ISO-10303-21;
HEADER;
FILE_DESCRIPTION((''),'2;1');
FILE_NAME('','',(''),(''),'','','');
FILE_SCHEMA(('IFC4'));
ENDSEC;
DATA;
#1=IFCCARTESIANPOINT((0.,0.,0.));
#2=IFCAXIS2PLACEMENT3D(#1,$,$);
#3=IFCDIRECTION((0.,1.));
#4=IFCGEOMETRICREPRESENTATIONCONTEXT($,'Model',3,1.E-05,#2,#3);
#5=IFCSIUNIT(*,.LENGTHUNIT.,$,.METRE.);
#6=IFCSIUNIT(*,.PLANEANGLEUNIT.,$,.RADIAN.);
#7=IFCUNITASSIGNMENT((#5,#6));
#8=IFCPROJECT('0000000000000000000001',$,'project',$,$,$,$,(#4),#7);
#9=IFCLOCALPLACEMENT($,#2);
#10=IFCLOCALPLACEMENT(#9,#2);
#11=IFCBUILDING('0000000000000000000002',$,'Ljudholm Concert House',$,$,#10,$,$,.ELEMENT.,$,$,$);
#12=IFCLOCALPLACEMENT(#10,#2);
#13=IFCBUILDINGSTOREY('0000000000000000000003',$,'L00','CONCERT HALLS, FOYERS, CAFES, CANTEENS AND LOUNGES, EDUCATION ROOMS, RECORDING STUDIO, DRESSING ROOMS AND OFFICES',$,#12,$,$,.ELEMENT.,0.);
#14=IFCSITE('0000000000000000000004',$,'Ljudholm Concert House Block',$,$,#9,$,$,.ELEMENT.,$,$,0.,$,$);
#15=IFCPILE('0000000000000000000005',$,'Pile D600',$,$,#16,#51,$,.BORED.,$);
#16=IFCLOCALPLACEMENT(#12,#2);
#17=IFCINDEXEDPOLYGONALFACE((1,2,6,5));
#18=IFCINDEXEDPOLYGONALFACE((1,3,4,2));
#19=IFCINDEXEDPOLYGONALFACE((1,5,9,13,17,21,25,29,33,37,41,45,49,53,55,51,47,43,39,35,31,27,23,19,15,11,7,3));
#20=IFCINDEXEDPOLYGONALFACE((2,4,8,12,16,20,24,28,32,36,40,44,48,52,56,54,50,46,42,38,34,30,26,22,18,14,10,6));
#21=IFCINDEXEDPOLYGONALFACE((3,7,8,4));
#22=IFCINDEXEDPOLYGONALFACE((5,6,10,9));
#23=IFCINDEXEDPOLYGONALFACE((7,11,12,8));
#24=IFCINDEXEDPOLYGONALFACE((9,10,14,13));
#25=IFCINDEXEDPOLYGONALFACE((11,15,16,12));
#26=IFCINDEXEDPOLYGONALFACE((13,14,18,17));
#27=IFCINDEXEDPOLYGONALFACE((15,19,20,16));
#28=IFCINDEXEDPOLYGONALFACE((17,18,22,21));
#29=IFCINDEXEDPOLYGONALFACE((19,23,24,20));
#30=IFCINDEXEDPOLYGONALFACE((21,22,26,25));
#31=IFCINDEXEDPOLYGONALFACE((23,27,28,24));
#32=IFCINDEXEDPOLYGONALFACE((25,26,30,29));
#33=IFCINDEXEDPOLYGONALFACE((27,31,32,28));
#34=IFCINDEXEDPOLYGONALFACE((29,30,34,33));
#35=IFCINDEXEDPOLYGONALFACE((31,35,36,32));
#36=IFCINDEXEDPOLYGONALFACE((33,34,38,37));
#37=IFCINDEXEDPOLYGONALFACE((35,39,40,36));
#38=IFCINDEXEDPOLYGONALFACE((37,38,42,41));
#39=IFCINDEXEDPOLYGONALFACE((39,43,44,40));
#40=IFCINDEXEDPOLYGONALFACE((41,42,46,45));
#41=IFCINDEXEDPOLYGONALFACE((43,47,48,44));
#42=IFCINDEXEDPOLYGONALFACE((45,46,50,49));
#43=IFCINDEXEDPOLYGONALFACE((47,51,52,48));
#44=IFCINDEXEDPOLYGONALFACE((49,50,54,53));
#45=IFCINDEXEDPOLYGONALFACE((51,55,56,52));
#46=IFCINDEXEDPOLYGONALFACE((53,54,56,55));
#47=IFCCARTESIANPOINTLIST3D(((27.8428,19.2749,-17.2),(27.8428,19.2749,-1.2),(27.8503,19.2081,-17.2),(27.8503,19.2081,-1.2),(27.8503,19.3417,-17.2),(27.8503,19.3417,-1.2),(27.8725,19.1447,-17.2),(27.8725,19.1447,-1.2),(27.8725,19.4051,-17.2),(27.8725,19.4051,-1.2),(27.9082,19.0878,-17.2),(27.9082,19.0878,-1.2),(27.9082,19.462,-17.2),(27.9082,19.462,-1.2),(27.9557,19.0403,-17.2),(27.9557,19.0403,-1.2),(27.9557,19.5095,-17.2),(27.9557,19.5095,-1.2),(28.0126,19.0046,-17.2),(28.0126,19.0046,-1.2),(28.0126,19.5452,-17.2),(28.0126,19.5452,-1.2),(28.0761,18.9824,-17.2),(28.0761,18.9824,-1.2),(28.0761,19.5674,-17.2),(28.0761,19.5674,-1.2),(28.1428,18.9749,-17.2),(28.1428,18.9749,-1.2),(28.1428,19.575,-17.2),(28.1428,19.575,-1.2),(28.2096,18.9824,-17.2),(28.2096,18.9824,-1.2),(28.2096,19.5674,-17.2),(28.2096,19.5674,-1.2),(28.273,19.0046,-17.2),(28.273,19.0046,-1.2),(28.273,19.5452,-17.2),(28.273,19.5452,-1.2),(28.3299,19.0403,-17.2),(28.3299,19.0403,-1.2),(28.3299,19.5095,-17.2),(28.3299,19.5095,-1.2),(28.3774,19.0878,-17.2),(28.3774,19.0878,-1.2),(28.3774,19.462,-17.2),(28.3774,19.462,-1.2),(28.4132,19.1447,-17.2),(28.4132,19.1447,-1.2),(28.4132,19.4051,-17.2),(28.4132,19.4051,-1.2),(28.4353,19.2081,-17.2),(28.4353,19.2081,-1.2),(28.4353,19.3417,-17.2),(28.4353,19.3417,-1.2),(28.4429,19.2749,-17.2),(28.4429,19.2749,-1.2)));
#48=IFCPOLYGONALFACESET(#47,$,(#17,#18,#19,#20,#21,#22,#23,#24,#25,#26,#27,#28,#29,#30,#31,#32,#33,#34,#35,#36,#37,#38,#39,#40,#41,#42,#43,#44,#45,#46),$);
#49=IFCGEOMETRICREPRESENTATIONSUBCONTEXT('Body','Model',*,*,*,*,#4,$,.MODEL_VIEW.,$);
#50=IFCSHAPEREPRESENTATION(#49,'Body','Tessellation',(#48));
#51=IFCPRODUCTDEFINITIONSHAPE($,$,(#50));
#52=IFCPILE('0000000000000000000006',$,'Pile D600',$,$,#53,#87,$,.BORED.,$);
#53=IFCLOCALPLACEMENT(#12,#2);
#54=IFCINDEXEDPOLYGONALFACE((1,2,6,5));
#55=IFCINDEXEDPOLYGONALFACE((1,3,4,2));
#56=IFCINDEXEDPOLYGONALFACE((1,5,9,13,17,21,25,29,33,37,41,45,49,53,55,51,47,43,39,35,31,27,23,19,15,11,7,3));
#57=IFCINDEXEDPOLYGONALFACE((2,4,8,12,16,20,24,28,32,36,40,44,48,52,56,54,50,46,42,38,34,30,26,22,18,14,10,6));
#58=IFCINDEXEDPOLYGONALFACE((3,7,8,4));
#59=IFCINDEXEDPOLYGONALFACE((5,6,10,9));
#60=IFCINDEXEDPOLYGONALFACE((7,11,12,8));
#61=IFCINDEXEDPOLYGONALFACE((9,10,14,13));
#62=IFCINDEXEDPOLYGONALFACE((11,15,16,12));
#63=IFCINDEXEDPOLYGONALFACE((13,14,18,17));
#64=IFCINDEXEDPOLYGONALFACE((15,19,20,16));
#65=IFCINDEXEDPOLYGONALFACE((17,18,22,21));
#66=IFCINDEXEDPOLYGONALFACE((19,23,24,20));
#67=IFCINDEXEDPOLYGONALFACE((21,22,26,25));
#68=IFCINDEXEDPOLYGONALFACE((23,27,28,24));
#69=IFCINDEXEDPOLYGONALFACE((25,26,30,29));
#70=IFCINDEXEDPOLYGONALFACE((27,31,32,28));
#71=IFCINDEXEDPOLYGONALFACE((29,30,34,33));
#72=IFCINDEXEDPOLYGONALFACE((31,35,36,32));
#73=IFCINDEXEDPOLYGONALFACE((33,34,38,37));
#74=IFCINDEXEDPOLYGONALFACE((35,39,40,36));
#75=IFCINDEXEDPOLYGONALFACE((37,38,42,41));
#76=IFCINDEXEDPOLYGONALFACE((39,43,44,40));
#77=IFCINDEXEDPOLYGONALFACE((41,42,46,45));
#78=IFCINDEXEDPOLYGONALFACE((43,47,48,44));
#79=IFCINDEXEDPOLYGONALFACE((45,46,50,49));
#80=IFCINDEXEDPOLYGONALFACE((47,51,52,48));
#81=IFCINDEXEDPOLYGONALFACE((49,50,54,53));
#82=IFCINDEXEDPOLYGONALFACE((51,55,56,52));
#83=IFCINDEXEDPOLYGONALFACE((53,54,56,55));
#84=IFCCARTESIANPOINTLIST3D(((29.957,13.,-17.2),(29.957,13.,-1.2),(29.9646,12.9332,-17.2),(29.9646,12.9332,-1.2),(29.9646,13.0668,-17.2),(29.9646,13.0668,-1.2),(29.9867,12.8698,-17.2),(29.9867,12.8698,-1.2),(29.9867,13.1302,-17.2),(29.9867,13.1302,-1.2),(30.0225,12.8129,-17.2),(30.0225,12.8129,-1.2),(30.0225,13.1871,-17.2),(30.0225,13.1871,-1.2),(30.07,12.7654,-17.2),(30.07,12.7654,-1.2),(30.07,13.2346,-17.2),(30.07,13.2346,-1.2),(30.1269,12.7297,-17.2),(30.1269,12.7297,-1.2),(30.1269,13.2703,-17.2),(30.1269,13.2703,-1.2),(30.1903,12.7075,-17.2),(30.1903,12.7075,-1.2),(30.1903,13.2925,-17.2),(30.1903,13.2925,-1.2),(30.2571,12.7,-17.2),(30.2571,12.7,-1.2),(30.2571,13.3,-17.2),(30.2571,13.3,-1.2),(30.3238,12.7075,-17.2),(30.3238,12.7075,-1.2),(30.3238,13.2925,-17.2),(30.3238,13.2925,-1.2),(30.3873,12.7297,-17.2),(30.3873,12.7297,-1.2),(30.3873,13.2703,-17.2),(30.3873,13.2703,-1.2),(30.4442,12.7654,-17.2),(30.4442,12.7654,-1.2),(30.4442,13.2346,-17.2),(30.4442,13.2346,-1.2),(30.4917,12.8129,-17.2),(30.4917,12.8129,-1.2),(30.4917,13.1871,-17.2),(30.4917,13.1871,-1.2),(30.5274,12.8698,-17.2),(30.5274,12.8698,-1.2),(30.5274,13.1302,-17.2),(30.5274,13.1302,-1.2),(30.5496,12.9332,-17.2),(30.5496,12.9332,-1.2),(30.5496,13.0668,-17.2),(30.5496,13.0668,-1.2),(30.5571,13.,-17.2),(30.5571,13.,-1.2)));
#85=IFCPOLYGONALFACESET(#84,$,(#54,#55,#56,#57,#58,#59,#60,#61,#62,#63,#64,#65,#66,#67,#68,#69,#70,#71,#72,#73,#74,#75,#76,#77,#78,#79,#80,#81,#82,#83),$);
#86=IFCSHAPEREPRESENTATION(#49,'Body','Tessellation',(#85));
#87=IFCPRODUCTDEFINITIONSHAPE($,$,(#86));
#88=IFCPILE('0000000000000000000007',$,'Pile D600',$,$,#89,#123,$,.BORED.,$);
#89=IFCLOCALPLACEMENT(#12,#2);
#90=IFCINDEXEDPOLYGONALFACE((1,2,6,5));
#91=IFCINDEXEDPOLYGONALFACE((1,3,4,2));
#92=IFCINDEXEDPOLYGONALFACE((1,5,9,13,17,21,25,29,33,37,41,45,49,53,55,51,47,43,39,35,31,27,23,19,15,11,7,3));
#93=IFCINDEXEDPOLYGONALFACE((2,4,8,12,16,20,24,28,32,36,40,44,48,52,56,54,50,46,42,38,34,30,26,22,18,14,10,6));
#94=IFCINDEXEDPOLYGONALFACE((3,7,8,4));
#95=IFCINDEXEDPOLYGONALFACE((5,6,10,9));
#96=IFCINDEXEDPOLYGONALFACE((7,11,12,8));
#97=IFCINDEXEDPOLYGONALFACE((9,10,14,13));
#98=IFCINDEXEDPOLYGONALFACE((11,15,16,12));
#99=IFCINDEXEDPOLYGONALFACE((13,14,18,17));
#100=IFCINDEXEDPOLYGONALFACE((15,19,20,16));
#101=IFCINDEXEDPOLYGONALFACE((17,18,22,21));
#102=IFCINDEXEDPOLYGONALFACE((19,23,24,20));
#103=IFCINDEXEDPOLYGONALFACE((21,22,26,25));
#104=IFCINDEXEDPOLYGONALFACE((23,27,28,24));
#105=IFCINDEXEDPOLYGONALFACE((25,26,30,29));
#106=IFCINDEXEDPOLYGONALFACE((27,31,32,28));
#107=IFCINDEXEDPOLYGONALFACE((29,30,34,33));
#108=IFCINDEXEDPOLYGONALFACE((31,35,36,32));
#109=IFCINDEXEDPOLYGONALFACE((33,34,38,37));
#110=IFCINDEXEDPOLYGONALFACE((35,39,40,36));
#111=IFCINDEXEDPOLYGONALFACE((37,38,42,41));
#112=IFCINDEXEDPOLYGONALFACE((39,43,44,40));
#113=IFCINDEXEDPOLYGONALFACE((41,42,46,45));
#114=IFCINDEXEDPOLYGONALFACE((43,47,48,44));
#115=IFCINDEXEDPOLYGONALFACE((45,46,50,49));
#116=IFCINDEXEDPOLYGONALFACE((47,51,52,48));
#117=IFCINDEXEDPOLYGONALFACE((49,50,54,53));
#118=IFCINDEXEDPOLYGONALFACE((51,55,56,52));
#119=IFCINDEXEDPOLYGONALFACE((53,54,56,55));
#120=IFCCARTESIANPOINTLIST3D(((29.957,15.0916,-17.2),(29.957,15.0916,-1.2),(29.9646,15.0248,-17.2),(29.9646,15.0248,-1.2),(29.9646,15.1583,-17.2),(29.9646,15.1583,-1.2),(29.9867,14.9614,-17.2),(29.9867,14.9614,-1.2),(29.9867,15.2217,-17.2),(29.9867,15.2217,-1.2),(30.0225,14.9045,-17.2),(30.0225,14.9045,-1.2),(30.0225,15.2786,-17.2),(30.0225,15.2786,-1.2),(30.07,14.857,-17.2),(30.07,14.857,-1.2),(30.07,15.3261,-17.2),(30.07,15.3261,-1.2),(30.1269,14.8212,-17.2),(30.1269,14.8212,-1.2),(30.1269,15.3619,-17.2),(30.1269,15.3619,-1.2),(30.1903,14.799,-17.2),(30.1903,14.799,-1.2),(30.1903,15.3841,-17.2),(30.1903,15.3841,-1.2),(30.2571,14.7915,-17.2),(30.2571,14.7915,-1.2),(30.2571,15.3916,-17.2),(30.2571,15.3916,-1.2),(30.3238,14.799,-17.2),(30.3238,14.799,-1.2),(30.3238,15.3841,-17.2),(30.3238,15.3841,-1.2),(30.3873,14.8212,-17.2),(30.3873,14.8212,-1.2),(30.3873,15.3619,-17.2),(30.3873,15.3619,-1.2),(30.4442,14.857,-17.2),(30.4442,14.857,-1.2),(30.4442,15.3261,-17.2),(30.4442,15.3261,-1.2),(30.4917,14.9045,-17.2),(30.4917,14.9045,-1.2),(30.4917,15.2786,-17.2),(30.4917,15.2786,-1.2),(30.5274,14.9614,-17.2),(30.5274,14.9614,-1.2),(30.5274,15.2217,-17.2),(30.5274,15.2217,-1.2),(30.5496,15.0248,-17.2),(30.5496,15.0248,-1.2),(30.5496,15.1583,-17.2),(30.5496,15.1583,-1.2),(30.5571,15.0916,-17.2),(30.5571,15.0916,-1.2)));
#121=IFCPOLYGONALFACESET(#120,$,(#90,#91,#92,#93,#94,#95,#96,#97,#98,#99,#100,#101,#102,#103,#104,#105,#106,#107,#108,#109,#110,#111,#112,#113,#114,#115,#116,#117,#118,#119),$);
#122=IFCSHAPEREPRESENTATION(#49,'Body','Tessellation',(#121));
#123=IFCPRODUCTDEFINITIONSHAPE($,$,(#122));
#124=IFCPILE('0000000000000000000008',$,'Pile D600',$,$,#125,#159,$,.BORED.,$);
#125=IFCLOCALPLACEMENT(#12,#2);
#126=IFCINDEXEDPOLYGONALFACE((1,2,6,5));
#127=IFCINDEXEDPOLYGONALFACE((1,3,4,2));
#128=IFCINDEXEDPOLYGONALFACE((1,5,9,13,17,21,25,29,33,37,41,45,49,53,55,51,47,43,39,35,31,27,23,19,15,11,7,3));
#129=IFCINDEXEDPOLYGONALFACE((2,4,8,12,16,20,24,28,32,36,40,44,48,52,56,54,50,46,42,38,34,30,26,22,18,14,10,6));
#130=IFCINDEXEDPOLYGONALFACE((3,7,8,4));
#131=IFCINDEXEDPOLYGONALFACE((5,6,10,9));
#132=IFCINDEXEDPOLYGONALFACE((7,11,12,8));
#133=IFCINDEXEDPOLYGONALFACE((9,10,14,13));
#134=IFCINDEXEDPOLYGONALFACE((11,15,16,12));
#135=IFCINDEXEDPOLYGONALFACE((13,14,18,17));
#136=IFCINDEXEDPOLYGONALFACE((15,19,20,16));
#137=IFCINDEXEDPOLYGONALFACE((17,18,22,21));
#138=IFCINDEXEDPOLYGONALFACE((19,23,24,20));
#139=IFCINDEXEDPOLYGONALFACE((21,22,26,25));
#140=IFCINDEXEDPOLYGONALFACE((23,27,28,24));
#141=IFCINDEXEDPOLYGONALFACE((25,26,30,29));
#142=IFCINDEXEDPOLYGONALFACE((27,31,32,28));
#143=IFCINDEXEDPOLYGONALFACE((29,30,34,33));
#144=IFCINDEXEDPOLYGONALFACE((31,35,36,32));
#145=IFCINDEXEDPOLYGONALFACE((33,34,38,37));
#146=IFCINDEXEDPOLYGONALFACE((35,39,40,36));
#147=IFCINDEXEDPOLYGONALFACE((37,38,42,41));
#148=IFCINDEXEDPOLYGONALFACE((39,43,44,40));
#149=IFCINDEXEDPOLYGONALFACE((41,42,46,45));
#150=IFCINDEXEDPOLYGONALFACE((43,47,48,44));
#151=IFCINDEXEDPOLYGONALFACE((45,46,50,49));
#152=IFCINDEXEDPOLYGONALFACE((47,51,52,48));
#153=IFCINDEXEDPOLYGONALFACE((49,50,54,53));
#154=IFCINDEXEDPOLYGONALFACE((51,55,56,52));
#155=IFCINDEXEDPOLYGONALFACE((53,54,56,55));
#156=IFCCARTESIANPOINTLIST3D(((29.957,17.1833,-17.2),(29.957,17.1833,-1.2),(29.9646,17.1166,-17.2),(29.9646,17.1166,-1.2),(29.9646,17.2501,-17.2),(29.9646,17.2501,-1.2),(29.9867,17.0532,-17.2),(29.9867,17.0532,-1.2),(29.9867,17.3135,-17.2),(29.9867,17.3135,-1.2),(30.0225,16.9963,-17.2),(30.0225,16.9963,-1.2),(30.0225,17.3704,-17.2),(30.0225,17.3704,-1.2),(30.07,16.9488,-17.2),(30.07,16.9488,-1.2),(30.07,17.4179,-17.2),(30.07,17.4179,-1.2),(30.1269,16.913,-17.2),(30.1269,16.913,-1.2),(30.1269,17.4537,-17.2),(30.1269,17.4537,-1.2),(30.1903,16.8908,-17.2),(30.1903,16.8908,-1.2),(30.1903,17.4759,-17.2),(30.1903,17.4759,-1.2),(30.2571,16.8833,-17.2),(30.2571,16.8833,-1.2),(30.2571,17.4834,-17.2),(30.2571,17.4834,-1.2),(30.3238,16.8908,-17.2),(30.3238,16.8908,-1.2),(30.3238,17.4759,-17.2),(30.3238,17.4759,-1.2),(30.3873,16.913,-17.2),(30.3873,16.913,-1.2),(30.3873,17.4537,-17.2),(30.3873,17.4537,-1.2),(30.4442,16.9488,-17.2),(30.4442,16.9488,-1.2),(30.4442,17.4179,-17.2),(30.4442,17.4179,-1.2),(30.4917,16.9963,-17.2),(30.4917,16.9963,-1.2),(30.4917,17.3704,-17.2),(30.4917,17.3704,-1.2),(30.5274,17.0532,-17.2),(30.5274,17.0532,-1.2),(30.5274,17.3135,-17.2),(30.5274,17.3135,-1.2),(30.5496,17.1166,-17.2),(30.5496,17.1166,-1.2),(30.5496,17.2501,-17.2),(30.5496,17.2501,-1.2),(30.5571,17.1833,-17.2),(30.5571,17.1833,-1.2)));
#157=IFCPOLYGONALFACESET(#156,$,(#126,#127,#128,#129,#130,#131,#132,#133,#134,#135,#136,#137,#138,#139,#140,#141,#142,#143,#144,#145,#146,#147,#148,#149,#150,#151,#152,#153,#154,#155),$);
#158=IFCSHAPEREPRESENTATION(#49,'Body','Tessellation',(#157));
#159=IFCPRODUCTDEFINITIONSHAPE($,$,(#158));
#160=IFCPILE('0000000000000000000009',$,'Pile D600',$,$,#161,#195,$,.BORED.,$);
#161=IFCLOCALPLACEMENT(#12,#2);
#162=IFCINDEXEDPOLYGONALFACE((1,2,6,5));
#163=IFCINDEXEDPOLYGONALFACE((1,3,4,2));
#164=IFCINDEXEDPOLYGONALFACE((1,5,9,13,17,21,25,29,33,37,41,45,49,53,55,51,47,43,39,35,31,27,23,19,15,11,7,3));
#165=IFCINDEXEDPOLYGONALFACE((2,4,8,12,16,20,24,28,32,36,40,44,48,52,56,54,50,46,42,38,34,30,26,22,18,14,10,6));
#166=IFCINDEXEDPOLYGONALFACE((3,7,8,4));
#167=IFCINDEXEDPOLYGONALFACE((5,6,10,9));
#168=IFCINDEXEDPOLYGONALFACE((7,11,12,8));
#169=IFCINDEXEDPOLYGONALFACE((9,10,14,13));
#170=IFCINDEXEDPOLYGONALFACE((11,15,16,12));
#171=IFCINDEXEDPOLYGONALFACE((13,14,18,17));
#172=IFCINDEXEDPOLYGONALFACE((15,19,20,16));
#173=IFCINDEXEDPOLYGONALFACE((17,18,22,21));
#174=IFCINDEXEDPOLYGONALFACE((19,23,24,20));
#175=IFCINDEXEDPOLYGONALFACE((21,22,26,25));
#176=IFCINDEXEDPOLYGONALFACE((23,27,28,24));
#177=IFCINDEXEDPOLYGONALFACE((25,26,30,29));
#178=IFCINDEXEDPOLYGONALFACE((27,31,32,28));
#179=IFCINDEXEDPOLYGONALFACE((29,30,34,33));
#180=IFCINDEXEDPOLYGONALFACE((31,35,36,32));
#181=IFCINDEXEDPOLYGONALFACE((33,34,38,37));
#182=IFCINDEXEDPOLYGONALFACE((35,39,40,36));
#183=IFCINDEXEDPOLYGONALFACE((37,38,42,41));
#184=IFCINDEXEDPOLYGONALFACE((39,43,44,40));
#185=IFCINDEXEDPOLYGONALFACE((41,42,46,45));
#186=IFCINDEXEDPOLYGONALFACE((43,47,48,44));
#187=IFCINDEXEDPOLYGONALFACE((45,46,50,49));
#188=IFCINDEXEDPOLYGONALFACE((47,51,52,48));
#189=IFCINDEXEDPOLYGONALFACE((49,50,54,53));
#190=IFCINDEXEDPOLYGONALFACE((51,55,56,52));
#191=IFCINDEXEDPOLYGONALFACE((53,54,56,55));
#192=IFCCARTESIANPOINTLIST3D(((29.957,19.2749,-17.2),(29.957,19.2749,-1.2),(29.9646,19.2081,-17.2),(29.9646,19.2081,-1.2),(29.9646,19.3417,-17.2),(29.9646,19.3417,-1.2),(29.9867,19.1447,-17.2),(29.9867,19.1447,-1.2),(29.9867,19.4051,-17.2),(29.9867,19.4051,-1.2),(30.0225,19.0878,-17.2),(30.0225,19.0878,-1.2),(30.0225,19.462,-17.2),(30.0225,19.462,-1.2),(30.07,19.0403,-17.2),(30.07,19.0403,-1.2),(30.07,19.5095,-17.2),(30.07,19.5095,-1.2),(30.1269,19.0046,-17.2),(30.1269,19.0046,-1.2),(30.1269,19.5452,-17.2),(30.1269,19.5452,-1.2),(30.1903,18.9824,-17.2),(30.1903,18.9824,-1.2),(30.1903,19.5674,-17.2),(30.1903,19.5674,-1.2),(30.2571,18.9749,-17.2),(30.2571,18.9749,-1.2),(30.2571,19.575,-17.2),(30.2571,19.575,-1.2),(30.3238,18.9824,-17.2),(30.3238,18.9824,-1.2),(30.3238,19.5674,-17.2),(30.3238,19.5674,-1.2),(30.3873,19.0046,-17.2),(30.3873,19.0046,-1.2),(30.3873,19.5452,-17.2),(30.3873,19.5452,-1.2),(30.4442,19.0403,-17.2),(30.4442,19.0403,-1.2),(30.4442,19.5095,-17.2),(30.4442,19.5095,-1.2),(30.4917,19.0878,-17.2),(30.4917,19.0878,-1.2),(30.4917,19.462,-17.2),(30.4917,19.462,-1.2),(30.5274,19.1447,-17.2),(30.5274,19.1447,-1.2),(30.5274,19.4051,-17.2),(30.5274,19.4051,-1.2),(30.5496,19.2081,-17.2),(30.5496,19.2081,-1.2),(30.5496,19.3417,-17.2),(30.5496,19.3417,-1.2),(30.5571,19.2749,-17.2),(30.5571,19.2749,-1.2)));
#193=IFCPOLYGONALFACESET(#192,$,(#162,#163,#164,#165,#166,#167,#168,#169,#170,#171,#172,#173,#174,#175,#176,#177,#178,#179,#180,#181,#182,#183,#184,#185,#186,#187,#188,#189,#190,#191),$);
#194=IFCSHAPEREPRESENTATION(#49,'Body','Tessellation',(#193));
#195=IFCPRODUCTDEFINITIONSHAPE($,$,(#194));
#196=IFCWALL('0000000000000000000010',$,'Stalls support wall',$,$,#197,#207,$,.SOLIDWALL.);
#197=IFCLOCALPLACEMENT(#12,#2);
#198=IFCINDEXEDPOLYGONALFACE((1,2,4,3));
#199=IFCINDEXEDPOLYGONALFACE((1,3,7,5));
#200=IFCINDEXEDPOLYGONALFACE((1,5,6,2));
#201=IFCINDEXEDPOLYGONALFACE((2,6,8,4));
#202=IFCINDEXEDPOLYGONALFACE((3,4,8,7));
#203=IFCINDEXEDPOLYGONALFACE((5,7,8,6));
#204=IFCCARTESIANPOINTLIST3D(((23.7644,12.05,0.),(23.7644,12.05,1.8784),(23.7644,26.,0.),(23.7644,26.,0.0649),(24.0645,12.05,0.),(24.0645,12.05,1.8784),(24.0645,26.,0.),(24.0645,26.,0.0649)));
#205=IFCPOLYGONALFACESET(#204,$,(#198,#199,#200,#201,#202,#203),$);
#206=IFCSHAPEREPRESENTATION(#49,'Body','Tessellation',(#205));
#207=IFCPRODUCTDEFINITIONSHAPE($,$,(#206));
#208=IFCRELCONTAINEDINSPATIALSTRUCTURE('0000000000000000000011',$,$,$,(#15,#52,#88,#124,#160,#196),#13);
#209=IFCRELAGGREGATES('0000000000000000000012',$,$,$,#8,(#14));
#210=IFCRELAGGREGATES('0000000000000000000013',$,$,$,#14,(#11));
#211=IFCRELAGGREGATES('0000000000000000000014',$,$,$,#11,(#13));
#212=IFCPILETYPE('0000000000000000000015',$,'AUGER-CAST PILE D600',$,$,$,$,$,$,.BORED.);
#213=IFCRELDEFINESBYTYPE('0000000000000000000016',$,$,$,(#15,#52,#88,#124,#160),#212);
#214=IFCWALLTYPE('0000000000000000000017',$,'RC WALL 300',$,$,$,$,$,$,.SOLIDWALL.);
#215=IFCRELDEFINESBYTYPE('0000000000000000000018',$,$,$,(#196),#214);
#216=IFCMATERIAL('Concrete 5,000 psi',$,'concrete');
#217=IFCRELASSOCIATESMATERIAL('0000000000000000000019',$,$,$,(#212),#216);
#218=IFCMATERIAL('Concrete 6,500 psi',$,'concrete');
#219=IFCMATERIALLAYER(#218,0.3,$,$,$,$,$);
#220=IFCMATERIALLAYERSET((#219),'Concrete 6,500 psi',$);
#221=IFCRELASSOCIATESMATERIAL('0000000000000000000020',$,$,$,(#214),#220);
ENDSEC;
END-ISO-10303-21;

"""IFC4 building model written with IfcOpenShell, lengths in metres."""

from ifc_helpers import new_model, si_unit, direction, frame, origin, origin_2d, place, context, subcontext, project, spatial, polyline, circle, outline, extrude, material, layer, layer_set, material_profile, profile_set, type_object, element, save


model = new_model("IFC4")

# Units and contexts
model_context = context("Model", 3, precision=1e-05, world=origin(), true_north=direction((0.0, 1.0)))
body_context = subcontext(model_context, "Body", "Model", "MODEL_VIEW")
ifc_project = project(units=[si_unit("LENGTHUNIT", "METRE"), si_unit("PLANEANGLEUNIT", "RADIAN")], contexts=[model_context])

# Site, building, storey
site_placement = place(None, origin())
site = spatial("IfcSite", under=ifc_project, at=site_placement, Name="Ljudholm Concert House Block", CompositionType="ELEMENT", RefElevation=0.0)
building_placement = place(site_placement, origin())
building = spatial("IfcBuilding", under=site, at=building_placement, Name="Ljudholm Concert House", CompositionType="ELEMENT")
storey_placement = place(building_placement, origin())
storey = spatial("IfcBuildingStorey", under=building, at=storey_placement, Name="L00", Description="CONCERT HALLS, FOYERS, CAFES, CANTEENS AND LOUNGES, EDUCATION ROOMS, RECORDING STUDIO, DRESSING ROOMS AND OFFICES", CompositionType="ELEMENT", Elevation=0.0)

# Piles
ifc_material_1 = material(Name="Concrete 5,000 psi", Category="concrete")
ifc_material_profile = material_profile(ifc_material_1, circle(Radius=0.3, at=origin_2d()), Name="AUGER-CAST PILE D600")
ifc_profile_set = profile_set([ifc_material_profile], Name="Concrete 5,000 psi")
pile_type = type_object("IfcPileType", Name="AUGER-CAST PILE D600", PredefinedType="BORED", material=ifc_profile_set)
for number, where, z_axis, x_axis, name in (
    (1, (28.1428, 19.2749, -1.2), (0.0, 0.0, -1.0), (1.0, 0.0, 0.0), "Pile D600"),
    (2, (30.2571, 13.0, -1.2), (0.0, 0.0, -1.0), (1.0, 0.0, 0.0), "Pile D600"),
    (3, (30.2571, 15.0916, -1.2), (0.0, 0.0, -1.0), (1.0, 0.0, 0.0), "Pile D600"),
    (4, (30.2571, 17.1833, -1.2), (0.0, 0.0, -1.0), (1.0, 0.0, 0.0), "Pile D600"),
    (5, (30.2571, 19.2749, -1.2), (0.0, 0.0, -1.0), (1.0, 0.0, 0.0), "Pile D600"),
):
    element("IfcPile", number, at=place(storey_placement, frame(where, z_axis=z_axis, x_axis=x_axis)), inside=storey, type_object=pile_type, Name=name, PredefinedType="BORED", context=body_context, shape_type="SweptSolid", body=[
        extrude(circle(Radius=0.3, at=origin_2d()), origin(), (0.0, 0.0, 1.0), 16.0),
    ])

# Wall
ifc_material_2 = material(Name="Concrete 6,500 psi", Category="concrete")
ifc_layer = layer(ifc_material_2, 0.3)
ifc_layer_set = layer_set([ifc_layer], Name="Concrete 6,500 psi")
wall_type = type_object("IfcWallType", Name="RC WALL 300", PredefinedType="SOLIDWALL", material=ifc_layer_set)
for number, where, z_axis, x_axis, name in (
    (6, (23.9143, 12.05, 0.0), (0.0, 0.0, 1.0), (0.0, 1.0, 0.0), "Stalls support wall"),
):
    element("IfcWall", number, at=place(storey_placement, frame(where, z_axis=z_axis, x_axis=x_axis)), inside=storey, type_object=wall_type, Name=name, PredefinedType="SOLIDWALL", context=body_context, shape_type="SweptSolid", body=[
        extrude(outline(polyline([(0.0, 0.0), (13.95, 0.0), (13.95, 0.0649), (0.0, 1.8784), (0.0, 0.0)])), frame((0.0, 0.1499, 0.0), z_axis=(0.0, -1.0, 0.0), x_axis=(1.0, 0.0, 0.0)), (0.0, 0.0, 1.0), 0.3),
    ])

save(model, "model.ifc")
